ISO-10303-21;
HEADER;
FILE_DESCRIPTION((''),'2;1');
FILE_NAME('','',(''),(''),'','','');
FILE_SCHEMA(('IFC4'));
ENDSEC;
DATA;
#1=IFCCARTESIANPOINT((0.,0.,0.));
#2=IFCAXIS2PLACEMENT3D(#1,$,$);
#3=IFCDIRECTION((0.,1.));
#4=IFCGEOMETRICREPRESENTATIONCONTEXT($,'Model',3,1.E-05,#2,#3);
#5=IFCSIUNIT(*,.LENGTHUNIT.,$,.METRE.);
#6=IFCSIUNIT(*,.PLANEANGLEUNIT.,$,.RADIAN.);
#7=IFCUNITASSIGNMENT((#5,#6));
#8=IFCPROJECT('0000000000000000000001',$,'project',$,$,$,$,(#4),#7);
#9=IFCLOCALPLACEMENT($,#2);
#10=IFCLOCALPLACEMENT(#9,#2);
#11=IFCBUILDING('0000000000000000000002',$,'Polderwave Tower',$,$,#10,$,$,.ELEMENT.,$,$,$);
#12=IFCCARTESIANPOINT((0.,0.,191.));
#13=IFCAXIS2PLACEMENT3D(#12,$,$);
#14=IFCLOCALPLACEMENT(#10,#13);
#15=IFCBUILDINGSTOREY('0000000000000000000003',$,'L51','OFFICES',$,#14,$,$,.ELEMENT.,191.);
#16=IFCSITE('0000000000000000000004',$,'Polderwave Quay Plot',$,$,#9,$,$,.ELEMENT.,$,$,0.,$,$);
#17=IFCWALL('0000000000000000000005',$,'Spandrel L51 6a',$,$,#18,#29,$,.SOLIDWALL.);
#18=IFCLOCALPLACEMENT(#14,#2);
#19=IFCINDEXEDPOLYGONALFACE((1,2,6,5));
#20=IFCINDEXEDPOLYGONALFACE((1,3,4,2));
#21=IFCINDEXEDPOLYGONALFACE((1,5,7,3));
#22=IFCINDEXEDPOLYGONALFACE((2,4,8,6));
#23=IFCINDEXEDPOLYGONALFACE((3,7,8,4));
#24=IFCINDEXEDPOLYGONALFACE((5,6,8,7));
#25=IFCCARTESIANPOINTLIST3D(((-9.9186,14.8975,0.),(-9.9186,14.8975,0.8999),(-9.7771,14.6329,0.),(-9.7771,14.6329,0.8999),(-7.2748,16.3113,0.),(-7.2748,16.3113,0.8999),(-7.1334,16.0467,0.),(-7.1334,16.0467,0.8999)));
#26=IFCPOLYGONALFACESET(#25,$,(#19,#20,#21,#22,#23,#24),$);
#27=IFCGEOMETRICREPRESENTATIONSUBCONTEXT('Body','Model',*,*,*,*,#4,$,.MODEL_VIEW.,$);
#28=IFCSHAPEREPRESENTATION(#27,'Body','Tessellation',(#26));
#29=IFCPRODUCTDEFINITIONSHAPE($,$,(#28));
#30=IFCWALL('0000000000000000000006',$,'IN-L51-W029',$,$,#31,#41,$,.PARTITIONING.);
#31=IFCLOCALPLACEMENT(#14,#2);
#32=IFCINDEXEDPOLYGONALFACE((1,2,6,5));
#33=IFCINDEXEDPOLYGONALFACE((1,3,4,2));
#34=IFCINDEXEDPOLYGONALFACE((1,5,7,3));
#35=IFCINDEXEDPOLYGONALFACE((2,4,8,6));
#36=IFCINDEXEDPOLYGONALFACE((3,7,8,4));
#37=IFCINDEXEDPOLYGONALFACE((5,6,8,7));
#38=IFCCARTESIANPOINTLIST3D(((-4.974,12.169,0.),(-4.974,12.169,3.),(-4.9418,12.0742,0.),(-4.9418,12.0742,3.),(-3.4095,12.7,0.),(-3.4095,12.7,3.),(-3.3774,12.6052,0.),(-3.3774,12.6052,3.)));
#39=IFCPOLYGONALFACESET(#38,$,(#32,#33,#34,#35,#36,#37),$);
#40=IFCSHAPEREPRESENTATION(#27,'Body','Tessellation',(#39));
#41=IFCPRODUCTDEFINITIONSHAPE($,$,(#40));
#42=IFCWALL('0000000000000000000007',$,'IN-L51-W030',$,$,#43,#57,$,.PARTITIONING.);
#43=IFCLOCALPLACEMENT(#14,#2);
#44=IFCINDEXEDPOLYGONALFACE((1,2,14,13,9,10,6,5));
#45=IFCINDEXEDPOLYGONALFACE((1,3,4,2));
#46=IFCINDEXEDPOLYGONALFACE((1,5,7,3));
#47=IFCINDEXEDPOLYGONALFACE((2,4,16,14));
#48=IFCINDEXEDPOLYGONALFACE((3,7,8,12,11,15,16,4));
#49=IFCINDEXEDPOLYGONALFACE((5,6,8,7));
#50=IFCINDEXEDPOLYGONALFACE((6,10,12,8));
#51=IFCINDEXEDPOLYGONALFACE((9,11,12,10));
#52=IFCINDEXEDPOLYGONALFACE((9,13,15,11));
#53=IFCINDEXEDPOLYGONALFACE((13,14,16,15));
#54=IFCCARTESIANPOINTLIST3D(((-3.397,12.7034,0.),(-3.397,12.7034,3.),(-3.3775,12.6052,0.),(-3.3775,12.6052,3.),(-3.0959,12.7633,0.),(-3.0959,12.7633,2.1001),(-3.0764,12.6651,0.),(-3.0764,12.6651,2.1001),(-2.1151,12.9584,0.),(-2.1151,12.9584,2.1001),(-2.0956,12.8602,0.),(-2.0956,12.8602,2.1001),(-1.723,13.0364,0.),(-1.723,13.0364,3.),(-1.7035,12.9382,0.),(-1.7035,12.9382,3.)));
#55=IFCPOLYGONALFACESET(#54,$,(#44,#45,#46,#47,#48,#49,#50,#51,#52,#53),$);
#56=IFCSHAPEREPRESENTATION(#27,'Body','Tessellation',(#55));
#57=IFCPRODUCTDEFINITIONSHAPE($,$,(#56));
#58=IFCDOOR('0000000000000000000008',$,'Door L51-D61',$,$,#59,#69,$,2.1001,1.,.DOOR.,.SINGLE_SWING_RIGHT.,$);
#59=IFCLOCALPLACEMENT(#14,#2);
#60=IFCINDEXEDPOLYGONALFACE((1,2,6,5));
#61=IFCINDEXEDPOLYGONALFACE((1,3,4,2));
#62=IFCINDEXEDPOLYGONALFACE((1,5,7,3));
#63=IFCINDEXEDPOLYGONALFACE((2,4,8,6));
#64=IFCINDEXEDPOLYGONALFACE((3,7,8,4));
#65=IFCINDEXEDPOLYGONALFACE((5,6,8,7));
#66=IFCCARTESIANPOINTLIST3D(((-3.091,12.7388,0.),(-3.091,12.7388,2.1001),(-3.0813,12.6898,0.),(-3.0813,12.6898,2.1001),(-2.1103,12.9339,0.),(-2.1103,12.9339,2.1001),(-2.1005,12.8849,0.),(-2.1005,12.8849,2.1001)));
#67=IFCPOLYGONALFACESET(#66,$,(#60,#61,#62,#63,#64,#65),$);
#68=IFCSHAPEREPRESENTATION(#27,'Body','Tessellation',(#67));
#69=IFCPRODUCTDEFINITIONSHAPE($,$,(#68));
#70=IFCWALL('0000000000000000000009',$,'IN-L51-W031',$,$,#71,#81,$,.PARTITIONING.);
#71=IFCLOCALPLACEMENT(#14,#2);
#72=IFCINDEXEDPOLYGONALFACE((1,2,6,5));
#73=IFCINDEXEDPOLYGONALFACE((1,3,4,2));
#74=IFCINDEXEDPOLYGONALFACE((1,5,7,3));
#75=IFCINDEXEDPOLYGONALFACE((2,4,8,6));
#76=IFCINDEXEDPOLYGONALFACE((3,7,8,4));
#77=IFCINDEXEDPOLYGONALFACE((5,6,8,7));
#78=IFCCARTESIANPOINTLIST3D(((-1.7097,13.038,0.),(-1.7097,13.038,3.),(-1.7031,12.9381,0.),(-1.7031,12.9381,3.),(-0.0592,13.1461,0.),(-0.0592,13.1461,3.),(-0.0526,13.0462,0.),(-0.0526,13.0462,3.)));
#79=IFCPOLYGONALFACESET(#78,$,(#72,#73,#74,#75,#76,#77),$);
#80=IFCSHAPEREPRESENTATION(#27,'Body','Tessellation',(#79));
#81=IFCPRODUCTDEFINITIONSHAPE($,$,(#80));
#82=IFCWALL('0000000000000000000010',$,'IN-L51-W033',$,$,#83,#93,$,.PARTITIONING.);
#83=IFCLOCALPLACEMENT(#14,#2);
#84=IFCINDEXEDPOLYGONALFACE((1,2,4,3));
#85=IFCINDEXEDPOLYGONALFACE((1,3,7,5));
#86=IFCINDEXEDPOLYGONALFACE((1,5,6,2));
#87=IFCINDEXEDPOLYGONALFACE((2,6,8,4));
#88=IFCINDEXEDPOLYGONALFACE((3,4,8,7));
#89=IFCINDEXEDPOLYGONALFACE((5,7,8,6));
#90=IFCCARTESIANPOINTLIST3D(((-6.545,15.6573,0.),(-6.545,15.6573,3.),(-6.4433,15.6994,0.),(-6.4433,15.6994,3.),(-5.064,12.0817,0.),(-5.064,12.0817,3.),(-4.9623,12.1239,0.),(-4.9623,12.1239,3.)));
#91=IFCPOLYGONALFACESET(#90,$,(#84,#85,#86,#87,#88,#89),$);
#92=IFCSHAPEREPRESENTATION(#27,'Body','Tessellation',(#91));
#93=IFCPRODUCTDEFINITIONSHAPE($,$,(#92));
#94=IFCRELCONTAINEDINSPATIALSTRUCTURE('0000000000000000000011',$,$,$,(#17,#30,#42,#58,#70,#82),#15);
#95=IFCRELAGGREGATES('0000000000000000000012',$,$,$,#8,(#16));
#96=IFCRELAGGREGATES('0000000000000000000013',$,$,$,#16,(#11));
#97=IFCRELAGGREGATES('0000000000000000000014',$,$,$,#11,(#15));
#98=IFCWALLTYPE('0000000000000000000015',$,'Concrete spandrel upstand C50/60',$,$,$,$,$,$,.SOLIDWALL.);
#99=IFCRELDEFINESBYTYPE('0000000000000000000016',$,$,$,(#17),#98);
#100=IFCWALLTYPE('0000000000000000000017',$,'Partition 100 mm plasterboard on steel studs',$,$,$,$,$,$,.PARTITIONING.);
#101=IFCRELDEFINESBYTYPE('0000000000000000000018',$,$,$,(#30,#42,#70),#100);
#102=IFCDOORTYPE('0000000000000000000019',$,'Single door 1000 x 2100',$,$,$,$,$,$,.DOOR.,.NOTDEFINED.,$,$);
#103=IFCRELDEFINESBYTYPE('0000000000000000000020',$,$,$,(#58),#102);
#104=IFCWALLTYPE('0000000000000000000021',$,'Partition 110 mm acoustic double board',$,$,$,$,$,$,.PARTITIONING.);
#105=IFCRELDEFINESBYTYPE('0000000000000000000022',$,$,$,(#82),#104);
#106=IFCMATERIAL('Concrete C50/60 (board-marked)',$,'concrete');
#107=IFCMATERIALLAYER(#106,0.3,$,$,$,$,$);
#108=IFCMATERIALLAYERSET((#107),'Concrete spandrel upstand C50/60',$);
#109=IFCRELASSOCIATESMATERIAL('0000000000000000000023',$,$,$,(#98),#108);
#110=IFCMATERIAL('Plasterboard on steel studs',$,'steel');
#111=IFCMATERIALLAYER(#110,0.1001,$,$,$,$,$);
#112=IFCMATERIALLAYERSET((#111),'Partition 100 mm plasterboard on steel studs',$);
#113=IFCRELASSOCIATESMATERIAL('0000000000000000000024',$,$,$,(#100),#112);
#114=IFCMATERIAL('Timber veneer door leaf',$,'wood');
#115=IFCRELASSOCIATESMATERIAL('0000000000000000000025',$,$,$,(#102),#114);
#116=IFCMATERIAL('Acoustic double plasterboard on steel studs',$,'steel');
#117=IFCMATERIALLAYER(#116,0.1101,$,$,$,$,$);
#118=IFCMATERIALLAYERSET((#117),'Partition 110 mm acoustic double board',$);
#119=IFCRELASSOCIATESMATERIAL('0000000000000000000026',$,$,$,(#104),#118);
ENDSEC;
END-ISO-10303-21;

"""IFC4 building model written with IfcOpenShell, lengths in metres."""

from ifc_helpers import new_model, si_unit, direction, frame, frame_2d, origin, place, context, subcontext, project, spatial, rectangle, extrude, material, layer, layer_set, type_object, element, fill, save


model = new_model("IFC4")

# Units and contexts
model_context = context("Model", 3, precision=1e-05, world=origin(), true_north=direction((0.0, 1.0)))
body_context = subcontext(model_context, "Body", "Model", "MODEL_VIEW")
ifc_project = project(units=[si_unit("LENGTHUNIT", "METRE"), si_unit("PLANEANGLEUNIT", "RADIAN")], contexts=[model_context])

# Site, building, storey
site_placement = place(None, origin())
site = spatial("IfcSite", under=ifc_project, at=site_placement, Name="Polderwave Quay Plot", CompositionType="ELEMENT", RefElevation=0.0)
building_placement = place(site_placement, origin())
building = spatial("IfcBuilding", under=site, at=building_placement, Name="Polderwave Tower", CompositionType="ELEMENT")
storey_placement = place(building_placement, frame((0.0, 0.0, 191.0)))
storey = spatial("IfcBuildingStorey", under=building, at=storey_placement, Name="L51", Description="OFFICES", CompositionType="ELEMENT", Elevation=191.0)

# Walls
ifc_material_1 = material(Name="Concrete C50/60 (board-marked)", Category="concrete")
ifc_layer_1 = layer(ifc_material_1, 0.3)
ifc_layer_set_1 = layer_set([ifc_layer_1], Name="Concrete spandrel upstand C50/60")
wall_type_1 = type_object("IfcWallType", Name="Concrete spandrel upstand C50/60", PredefinedType="SOLIDWALL", material=ifc_layer_set_1)
wall_1_placement = place(storey_placement, frame((-7.2041, 16.179, 0.0), z_axis=(0.0, 0.0, 1.0), x_axis=(-0.881827, -0.471573, 0.0)))
element("IfcWall", 1, at=wall_1_placement, inside=storey, type_object=wall_type_1, Name="Spandrel L51 6a", PredefinedType="SOLIDWALL", context=body_context, shape_type="SweptSolid", body=[
    extrude(rectangle(XDim=2.998, YDim=0.3, at=frame_2d((1.499, 0.0))), origin(), (0.0, 0.0, 1.0), 0.8999),
])
ifc_material_2 = material(Name="Plasterboard on steel studs", Category="steel")
ifc_layer_2 = layer(ifc_material_2, 0.1001)
ifc_layer_set_2 = layer_set([ifc_layer_2], Name="Partition 100 mm plasterboard on steel studs")
wall_type_2 = type_object("IfcWallType", Name="Partition 100 mm plasterboard on steel studs", PredefinedType="PARTITIONING", material=ifc_layer_set_2)
wall_2_placement = place(storey_placement, frame((-4.958, 12.1216, 0.0), z_axis=(0.0, 0.0, 1.0), x_axis=(0.94694, 0.32141, 0.0)))
element("IfcWall", 2, at=wall_2_placement, inside=storey, type_object=wall_type_2, Name="IN-L51-W029", PredefinedType="PARTITIONING", context=body_context, shape_type="SweptSolid", body=[
    extrude(rectangle(XDim=1.6521, YDim=0.1001, at=frame_2d((0.8262, 0.0))), origin(), (0.0, 0.0, 1.0), 3.0),
])

# Wall, opening, door
wall_3_placement = place(storey_placement, frame((-1.7131, 12.9873, 0.0), z_axis=(0.0, 0.0, 1.0), x_axis=(-0.980784, -0.195098, 0.0)))
wall_3 = element("IfcWall", 3, at=wall_3_placement, inside=storey, type_object=wall_type_2, Name="IN-L51-W030", PredefinedType="PARTITIONING", context=body_context, shape_type="SweptSolid", body=[
    extrude(rectangle(XDim=1.7068, YDim=0.1001, at=frame_2d((0.8535, 0.0))), origin(), (0.0, 0.0, 1.0), 3.0),
])
opening_placement = place(wall_3_placement, frame((0.3999, 0.0, 0.0)))
opening = element("IfcOpeningElement", 4, at=opening_placement, cuts=wall_3, PredefinedType="OPENING", context=body_context, shape_type="SweptSolid", body=[
    extrude(rectangle(XDim=1.0, YDim=2.1001, at=frame_2d((0.5, 1.05))), frame((0.0, 0.0601, 0.0), z_axis=(0.0, -1.0, 0.0), x_axis=(1.0, 0.0, 0.0)), (0.0, 0.0, 1.0), 0.1201),
])
ifc_material_3 = material(Name="Timber veneer door leaf", Category="wood")
door_type = type_object("IfcDoorType", Name="Single door 1000 x 2100", OperationType="NOTDEFINED", PredefinedType="DOOR", material=ifc_material_3)
door_placement = place(opening_placement, origin())
door = element("IfcDoor", 5, at=door_placement, inside=storey, type_object=door_type, Name="Door L51-D61", OperationType="SINGLE_SWING_RIGHT", OverallHeight=2.1001, OverallWidth=1.0, PredefinedType="DOOR", context=body_context, shape_type="SweptSolid", body=[
    extrude(rectangle(XDim=1.0, YDim=2.1001, at=frame_2d((0.5, 1.05))), frame((0.0, 0.0249, 0.0), z_axis=(0.0, -1.0, 0.0), x_axis=(1.0, 0.0, 0.0)), (0.0, 0.0, 1.0), 0.05),
])
fill(opening, door)

# Walls
wall_4_placement = place(storey_placement, frame((-1.7065, 12.988, 0.0), z_axis=(0.0, 0.0, 1.0), x_axis=(0.99786, 0.065383, 0.0)))
element("IfcWall", 6, at=wall_4_placement, inside=storey, type_object=wall_type_2, Name="IN-L51-W031", PredefinedType="PARTITIONING", context=body_context, shape_type="SweptSolid", body=[
    extrude(rectangle(XDim=1.6541, YDim=0.1001, at=frame_2d((0.8271, 0.0))), origin(), (0.0, 0.0, 1.0), 3.0),
])
ifc_material_4 = material(Name="Acoustic double plasterboard on steel studs", Category="steel")
ifc_layer_3 = layer(ifc_material_4, 0.1101)
ifc_layer_set_3 = layer_set([ifc_layer_3], Name="Partition 110 mm acoustic double board")
wall_type_3 = type_object("IfcWallType", Name="Partition 110 mm acoustic double board", PredefinedType="PARTITIONING", material=ifc_layer_set_3)
wall_5_placement = place(storey_placement, frame((-5.0132, 12.1028, 0.0), z_axis=(0.0, 0.0, 1.0), x_axis=(-0.382675, 0.923883, 0.0)))
element("IfcWall", 7, at=wall_5_placement, inside=storey, type_object=wall_type_3, Name="IN-L51-W033", PredefinedType="PARTITIONING", context=body_context, shape_type="SweptSolid", body=[
    extrude(rectangle(XDim=3.8701, YDim=0.1101, at=frame_2d((1.9351, 0.0))), origin(), (0.0, 0.0, 1.0), 3.0),
])

save(model, "model.ifc")
